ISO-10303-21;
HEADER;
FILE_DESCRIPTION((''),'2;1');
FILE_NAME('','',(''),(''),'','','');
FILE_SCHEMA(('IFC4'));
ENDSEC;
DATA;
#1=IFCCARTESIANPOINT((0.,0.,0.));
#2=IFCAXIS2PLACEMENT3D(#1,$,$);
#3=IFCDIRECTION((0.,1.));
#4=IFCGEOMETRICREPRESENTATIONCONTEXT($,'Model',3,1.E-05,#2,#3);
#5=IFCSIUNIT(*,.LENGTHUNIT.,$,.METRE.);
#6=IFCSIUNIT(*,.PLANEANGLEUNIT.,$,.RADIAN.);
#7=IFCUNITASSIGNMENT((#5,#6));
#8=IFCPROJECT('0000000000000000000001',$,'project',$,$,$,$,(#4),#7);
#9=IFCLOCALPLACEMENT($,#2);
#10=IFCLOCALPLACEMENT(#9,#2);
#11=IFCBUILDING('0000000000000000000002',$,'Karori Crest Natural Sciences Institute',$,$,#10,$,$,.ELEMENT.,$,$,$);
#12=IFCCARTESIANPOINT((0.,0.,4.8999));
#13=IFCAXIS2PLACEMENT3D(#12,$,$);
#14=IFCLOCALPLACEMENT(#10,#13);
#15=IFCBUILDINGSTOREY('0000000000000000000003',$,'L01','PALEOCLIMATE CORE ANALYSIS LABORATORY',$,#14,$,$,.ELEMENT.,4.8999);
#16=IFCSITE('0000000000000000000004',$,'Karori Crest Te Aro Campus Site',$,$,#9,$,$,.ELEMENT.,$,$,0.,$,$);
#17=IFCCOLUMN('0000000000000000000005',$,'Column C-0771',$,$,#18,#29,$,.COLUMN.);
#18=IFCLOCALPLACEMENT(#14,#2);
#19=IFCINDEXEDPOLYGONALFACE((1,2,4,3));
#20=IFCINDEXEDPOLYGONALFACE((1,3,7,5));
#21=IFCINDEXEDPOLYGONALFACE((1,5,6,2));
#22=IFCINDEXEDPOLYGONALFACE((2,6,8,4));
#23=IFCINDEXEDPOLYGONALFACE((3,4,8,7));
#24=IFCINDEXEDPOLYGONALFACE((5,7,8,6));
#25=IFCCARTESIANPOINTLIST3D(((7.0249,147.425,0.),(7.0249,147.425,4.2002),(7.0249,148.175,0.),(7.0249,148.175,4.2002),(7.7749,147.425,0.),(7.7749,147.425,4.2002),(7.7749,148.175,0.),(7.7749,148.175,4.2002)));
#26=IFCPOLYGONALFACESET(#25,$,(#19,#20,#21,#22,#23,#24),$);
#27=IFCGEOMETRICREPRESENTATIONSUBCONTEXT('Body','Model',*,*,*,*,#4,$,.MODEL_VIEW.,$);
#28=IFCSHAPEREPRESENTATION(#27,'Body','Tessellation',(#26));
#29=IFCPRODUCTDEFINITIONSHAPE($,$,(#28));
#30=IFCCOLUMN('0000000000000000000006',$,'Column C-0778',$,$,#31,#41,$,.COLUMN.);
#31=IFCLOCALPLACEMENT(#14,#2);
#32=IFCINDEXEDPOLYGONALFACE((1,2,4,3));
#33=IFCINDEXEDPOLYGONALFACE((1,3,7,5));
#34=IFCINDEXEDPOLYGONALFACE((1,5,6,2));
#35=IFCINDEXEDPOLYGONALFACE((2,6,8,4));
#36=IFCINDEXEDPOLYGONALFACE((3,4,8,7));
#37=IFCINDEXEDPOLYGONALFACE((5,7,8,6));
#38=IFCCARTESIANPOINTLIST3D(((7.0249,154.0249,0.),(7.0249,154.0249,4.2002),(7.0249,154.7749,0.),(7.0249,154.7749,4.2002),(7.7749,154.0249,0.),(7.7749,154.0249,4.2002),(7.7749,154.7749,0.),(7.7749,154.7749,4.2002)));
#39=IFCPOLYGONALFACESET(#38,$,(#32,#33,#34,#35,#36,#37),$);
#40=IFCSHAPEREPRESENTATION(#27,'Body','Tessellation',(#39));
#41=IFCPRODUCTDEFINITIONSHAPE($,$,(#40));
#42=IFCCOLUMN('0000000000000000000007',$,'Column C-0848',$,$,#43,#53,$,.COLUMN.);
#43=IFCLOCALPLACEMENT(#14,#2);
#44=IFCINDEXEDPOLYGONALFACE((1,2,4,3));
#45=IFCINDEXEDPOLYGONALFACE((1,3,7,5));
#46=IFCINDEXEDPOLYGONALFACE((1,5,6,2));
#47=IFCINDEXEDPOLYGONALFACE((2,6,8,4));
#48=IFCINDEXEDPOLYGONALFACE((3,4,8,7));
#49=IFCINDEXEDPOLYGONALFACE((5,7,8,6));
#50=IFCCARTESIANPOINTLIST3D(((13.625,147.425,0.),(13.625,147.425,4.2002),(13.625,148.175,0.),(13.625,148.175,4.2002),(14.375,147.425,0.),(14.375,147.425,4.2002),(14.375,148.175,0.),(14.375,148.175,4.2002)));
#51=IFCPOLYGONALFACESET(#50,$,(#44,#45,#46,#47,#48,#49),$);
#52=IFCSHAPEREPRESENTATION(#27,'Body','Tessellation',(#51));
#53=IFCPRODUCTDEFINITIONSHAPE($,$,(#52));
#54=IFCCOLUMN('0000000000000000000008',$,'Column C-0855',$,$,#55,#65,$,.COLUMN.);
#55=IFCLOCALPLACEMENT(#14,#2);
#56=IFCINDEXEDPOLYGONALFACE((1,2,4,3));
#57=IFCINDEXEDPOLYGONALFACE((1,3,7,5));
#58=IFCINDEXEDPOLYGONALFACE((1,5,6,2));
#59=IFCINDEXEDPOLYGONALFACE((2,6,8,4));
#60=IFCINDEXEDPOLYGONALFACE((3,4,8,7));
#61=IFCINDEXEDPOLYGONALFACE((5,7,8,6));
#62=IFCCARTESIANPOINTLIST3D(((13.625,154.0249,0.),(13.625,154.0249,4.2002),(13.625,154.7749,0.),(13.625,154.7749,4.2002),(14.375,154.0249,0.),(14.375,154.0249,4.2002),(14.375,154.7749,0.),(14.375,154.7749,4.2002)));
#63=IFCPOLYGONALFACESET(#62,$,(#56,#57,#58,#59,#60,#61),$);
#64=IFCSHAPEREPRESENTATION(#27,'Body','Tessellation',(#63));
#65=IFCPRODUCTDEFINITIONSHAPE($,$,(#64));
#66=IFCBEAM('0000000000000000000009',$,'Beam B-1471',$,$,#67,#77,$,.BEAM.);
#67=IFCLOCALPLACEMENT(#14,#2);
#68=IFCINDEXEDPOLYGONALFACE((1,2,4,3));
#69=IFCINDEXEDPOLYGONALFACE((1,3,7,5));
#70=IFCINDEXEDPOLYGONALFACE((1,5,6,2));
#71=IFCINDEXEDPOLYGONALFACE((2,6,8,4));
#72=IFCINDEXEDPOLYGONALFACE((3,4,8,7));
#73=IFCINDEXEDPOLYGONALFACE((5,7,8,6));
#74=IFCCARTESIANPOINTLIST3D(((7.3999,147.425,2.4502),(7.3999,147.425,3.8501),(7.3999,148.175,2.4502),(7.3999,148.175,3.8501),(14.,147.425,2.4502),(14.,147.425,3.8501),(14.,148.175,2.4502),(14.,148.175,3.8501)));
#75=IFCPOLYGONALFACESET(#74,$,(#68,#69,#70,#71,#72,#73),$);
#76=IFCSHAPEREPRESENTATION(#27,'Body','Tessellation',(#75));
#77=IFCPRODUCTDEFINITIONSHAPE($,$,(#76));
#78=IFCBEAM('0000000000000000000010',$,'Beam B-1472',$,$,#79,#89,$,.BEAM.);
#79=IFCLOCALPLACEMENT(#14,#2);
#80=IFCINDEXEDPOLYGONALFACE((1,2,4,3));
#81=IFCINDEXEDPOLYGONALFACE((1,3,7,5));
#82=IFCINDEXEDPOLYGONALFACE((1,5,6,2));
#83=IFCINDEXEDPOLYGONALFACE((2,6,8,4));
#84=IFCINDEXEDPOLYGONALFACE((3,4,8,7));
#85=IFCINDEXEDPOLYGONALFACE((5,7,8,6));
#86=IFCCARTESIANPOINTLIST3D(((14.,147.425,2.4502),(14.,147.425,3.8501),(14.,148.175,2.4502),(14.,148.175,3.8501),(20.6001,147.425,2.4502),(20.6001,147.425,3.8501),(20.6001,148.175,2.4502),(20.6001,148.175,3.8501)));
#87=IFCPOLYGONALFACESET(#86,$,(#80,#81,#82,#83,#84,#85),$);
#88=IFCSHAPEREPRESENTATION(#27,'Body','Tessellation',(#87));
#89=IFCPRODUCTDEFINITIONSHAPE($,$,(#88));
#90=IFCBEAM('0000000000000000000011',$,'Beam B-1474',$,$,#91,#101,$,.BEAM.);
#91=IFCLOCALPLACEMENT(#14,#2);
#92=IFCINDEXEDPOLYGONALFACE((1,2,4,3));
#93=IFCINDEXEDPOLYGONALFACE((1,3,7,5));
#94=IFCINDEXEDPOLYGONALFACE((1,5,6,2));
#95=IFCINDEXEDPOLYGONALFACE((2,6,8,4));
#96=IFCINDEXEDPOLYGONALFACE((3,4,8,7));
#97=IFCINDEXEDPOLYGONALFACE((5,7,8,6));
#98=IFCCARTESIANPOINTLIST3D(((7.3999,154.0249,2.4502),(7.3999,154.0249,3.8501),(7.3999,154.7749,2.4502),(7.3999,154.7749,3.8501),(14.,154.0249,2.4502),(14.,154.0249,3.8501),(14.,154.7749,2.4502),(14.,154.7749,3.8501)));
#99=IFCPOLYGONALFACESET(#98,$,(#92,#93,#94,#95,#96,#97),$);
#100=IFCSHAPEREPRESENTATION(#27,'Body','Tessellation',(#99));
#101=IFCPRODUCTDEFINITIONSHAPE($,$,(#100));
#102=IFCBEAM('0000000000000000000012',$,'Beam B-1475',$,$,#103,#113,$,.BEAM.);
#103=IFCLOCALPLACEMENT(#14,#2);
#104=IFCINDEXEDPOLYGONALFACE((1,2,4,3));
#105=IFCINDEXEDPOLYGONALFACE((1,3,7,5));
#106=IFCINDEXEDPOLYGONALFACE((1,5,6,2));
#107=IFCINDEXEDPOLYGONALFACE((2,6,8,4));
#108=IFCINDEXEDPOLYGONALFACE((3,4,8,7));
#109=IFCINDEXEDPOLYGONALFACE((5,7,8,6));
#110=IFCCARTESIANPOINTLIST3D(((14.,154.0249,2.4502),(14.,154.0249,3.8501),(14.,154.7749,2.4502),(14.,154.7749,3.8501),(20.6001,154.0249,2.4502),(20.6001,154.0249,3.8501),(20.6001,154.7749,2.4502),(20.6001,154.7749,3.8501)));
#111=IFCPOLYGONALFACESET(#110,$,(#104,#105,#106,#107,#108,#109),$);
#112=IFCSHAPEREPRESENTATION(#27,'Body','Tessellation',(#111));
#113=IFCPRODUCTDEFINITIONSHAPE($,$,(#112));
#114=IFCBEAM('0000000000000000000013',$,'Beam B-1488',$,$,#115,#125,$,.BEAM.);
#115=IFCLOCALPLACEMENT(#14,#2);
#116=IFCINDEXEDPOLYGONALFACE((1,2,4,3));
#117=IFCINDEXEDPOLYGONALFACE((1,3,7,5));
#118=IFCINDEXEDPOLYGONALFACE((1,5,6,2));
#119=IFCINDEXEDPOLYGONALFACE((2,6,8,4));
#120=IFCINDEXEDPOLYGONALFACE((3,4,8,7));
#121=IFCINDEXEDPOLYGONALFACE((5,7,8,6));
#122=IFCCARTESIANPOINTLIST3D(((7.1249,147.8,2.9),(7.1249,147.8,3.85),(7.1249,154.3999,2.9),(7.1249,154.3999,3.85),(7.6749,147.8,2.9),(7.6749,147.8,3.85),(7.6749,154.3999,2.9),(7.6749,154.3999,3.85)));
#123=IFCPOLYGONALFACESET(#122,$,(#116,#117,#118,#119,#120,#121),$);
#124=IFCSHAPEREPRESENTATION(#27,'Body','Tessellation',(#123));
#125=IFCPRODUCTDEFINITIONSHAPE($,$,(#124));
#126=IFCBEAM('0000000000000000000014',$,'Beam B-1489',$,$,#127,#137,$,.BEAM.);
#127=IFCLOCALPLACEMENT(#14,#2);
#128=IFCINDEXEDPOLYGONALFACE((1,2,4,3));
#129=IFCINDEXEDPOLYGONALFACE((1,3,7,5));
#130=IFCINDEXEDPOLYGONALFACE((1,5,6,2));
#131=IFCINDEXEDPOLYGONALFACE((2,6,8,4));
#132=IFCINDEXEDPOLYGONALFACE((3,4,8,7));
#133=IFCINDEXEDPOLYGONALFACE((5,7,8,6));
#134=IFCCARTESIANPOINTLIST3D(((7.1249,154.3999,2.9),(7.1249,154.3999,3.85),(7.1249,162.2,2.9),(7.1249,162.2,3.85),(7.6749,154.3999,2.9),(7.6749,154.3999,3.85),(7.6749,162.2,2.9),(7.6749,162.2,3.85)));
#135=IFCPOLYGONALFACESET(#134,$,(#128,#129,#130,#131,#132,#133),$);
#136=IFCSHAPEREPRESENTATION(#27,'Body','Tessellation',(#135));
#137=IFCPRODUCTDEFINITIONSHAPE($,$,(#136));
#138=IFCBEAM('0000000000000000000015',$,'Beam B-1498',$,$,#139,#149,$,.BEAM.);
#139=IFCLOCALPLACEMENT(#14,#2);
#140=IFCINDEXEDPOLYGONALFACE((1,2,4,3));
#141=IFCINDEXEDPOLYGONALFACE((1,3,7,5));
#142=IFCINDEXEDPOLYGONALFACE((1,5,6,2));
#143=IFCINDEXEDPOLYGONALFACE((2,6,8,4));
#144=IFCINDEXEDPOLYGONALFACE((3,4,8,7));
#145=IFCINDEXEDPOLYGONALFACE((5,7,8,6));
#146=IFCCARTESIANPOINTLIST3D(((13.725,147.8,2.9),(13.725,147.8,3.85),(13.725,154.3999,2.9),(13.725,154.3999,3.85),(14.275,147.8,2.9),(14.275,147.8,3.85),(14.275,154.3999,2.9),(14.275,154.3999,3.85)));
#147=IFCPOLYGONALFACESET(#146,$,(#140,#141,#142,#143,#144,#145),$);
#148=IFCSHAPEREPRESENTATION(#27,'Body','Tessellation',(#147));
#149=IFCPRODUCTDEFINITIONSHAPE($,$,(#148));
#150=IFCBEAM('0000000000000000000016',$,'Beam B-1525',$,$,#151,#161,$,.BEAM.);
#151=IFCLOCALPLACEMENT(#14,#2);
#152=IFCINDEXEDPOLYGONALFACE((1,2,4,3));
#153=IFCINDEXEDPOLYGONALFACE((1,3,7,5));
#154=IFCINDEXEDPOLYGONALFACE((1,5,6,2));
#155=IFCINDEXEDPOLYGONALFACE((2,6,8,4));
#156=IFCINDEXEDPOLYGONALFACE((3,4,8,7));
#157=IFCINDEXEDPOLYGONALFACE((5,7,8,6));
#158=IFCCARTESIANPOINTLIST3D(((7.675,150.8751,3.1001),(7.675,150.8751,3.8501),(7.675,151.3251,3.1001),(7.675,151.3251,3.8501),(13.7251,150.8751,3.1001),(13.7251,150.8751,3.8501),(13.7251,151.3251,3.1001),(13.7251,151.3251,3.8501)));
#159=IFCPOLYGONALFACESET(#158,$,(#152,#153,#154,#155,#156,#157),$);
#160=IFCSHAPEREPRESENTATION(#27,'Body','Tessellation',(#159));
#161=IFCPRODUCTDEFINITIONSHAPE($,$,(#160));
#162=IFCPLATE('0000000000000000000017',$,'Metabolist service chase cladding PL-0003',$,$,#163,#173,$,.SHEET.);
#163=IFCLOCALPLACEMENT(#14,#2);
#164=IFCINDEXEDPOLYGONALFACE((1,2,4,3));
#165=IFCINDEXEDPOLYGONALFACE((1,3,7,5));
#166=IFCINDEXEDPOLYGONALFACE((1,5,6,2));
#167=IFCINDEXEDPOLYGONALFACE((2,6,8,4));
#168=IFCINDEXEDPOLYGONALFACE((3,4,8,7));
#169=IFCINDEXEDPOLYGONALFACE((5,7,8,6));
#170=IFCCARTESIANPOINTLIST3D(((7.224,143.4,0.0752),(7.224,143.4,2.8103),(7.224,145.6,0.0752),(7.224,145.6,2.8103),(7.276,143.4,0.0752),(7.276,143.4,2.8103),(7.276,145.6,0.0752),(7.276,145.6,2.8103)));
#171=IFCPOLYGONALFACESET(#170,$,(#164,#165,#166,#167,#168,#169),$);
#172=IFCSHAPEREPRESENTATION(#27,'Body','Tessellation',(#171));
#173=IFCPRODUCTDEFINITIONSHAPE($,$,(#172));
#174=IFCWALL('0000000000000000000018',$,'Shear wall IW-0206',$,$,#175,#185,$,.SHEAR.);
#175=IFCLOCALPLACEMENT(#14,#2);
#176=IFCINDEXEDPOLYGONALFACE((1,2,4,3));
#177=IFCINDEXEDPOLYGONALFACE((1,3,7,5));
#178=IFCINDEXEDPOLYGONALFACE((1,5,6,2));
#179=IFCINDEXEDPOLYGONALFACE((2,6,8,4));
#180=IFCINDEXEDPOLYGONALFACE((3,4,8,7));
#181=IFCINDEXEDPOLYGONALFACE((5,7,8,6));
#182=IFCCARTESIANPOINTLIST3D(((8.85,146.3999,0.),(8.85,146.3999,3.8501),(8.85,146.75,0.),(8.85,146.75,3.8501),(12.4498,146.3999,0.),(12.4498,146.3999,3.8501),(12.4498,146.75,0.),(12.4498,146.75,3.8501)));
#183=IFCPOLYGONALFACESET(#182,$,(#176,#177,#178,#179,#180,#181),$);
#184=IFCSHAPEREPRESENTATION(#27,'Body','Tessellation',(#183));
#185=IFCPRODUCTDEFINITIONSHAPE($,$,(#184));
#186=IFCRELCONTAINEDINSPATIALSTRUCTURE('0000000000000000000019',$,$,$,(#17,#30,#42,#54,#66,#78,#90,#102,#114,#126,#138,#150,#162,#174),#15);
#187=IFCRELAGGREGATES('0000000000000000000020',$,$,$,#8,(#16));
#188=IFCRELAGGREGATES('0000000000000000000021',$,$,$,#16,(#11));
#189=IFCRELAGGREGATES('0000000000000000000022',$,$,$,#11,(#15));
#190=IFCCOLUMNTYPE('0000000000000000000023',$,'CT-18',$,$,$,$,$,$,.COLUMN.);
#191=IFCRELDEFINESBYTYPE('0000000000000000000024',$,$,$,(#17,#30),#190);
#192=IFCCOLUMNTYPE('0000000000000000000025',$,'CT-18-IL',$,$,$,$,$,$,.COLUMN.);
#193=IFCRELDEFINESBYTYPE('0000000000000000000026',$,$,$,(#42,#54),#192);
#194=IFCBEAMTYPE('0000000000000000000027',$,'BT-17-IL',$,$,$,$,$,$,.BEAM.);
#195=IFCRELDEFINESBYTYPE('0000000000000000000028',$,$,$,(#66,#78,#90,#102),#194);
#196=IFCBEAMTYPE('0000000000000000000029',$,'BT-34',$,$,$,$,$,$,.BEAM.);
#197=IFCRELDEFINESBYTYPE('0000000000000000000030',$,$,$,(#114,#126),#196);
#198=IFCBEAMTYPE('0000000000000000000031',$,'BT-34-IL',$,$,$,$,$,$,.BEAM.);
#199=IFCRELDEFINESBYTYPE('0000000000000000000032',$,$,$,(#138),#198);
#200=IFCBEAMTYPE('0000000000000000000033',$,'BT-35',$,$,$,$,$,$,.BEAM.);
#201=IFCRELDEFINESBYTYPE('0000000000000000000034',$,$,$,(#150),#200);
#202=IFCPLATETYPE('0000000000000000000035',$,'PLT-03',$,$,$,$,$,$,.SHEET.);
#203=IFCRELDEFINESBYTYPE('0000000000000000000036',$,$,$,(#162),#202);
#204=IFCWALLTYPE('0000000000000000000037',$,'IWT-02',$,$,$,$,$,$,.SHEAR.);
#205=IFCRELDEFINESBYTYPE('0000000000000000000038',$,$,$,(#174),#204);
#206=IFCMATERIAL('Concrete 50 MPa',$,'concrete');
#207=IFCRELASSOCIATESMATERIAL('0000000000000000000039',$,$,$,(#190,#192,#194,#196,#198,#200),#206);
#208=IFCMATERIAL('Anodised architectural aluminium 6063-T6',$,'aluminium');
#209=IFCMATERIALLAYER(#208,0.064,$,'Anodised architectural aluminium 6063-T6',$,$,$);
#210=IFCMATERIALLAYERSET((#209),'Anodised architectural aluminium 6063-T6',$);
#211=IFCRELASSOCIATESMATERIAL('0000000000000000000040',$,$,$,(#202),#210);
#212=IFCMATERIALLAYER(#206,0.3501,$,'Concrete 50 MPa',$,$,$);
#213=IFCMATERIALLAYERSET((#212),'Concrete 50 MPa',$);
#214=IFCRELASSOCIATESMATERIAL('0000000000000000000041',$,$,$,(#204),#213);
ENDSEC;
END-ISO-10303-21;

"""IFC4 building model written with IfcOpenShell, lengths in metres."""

from ifc_helpers import new_model, si_unit, direction, frame, frame_2d, origin, origin_2d, place, context, subcontext, project, spatial, rectangle, extrude, material, layer, layer_set, material_profile, profile_set, type_object, element, save


model = new_model("IFC4")

# Units and contexts
model_context = context("Model", 3, precision=1e-05, world=origin(), true_north=direction((0.0, 1.0)))
body_context = subcontext(model_context, "Body", "Model", "MODEL_VIEW")
ifc_project = project(units=[si_unit("LENGTHUNIT", "METRE"), si_unit("PLANEANGLEUNIT", "RADIAN")], contexts=[model_context])

# Site, building, storey
site_placement = place(None, origin())
site = spatial("IfcSite", under=ifc_project, at=site_placement, Name="Karori Crest Te Aro Campus Site", CompositionType="ELEMENT", RefElevation=0.0)
building_placement = place(site_placement, origin())
building = spatial("IfcBuilding", under=site, at=building_placement, Name="Karori Crest Natural Sciences Institute", CompositionType="ELEMENT")
storey_placement = place(building_placement, frame((0.0, 0.0, 4.8999)))
storey = spatial("IfcBuildingStorey", under=building, at=storey_placement, Name="L01", Description="PALEOCLIMATE CORE ANALYSIS LABORATORY", CompositionType="ELEMENT", Elevation=4.8999)

# Columns
ifc_material_1 = material(Name="Concrete 50 MPa", Category="concrete")
ifc_material_profile_1 = material_profile(ifc_material_1, rectangle(XDim=0.75, YDim=0.75, at=origin_2d()), Name="RC750x750")
ifc_profile_set_1 = profile_set([ifc_material_profile_1], Name="Concrete 50 MPa")
column_type_1 = type_object("IfcColumnType", Name="CT-18", PredefinedType="COLUMN", material=ifc_profile_set_1)
for number, where, z_axis, x_axis, name in (
    (1, (7.3999, 147.8, 0.0), (0.0, 0.0, 1.0), (1.0, 0.0, 0.0), "Column C-0771"),
    (2, (7.3999, 154.3999, 0.0), (0.0, 0.0, 1.0), (1.0, 0.0, 0.0), "Column C-0778"),
):
    element("IfcColumn", number, at=place(storey_placement, frame(where, z_axis=z_axis, x_axis=x_axis)), inside=storey, type_object=column_type_1, Name=name, PredefinedType="COLUMN", context=body_context, shape_type="SweptSolid", body=[
        extrude(rectangle(XDim=0.75, YDim=0.75, at=origin_2d()), origin(), (0.0, 0.0, 1.0), 4.2002),
    ])
ifc_material_profile_2 = material_profile(ifc_material_1, rectangle(XDim=0.75, YDim=0.75, at=origin_2d()), Name="RC750x750")
ifc_profile_set_2 = profile_set([ifc_material_profile_2], Name="Concrete 50 MPa")
column_type_2 = type_object("IfcColumnType", Name="CT-18-IL", PredefinedType="COLUMN", material=ifc_profile_set_2)
for number, where, z_axis, x_axis, name in (
    (3, (14.0, 147.8, 0.0), (0.0, 0.0, 1.0), (1.0, 0.0, 0.0), "Column C-0848"),
    (4, (14.0, 154.3999, 0.0), (0.0, 0.0, 1.0), (1.0, 0.0, 0.0), "Column C-0855"),
):
    element("IfcColumn", number, at=place(storey_placement, frame(where, z_axis=z_axis, x_axis=x_axis)), inside=storey, type_object=column_type_2, Name=name, PredefinedType="COLUMN", context=body_context, shape_type="SweptSolid", body=[
        extrude(rectangle(XDim=0.75, YDim=0.75, at=origin_2d()), origin(), (0.0, 0.0, 1.0), 4.2002),
    ])

# Beams
ifc_material_profile_3 = material_profile(ifc_material_1, rectangle(XDim=0.75, YDim=1.3999, at=origin_2d()), Name="RCB750x1400")
ifc_profile_set_3 = profile_set([ifc_material_profile_3], Name="Concrete 50 MPa")
beam_type_1 = type_object("IfcBeamType", Name="BT-17-IL", PredefinedType="BEAM", material=ifc_profile_set_3)
for number, where, z_axis, x_axis, name in (
    (5, (7.3999, 147.8, 3.1501), (1.0, 0.0, 0.0), (0.0, 1.0, 0.0), "Beam B-1471"),
    (6, (14.0, 147.8, 3.1501), (1.0, 0.0, 0.0), (0.0, 1.0, 0.0), "Beam B-1472"),
    (7, (7.3999, 154.3999, 3.1501), (1.0, 0.0, 0.0), (0.0, 1.0, 0.0), "Beam B-1474"),
    (8, (14.0, 154.3999, 3.1501), (1.0, 0.0, 0.0), (0.0, 1.0, 0.0), "Beam B-1475"),
):
    element("IfcBeam", number, at=place(storey_placement, frame(where, z_axis=z_axis, x_axis=x_axis)), inside=storey, type_object=beam_type_1, Name=name, PredefinedType="BEAM", context=body_context, shape_type="SweptSolid", body=[
        extrude(rectangle(XDim=0.75, YDim=1.3999, at=origin_2d()), origin(), (0.0, 0.0, 1.0), 6.6001),
    ])
ifc_material_profile_4 = material_profile(ifc_material_1, rectangle(XDim=0.55, YDim=0.95, at=origin_2d()), Name="RCB550x950")
ifc_profile_set_4 = profile_set([ifc_material_profile_4], Name="Concrete 50 MPa")
beam_type_2 = type_object("IfcBeamType", Name="BT-34", PredefinedType="BEAM", material=ifc_profile_set_4)
beam_1_placement = place(storey_placement, frame((7.3999, 147.8, 3.375), z_axis=(0.0, 1.0, 0.0), x_axis=(-1.0, 0.0, 0.0)))
element("IfcBeam", 9, at=beam_1_placement, inside=storey, type_object=beam_type_2, Name="Beam B-1488", PredefinedType="BEAM", context=body_context, shape_type="SweptSolid", body=[
    extrude(rectangle(XDim=0.55, YDim=0.95, at=origin_2d()), origin(), (0.0, 0.0, 1.0), 6.5999),
])
beam_2_placement = place(storey_placement, frame((7.3999, 154.3999, 3.375), z_axis=(0.0, 1.0, 0.0), x_axis=(-1.0, 0.0, 0.0)))
element("IfcBeam", 10, at=beam_2_placement, inside=storey, type_object=beam_type_2, Name="Beam B-1489", PredefinedType="BEAM", context=body_context, shape_type="SweptSolid", body=[
    extrude(rectangle(XDim=0.55, YDim=0.95, at=origin_2d()), origin(), (0.0, 0.0, 1.0), 7.8),
])
ifc_material_profile_5 = material_profile(ifc_material_1, rectangle(XDim=0.55, YDim=0.95, at=origin_2d()), Name="RCB550x950")
ifc_profile_set_5 = profile_set([ifc_material_profile_5], Name="Concrete 50 MPa")
beam_type_3 = type_object("IfcBeamType", Name="BT-34-IL", PredefinedType="BEAM", material=ifc_profile_set_5)
beam_3_placement = place(storey_placement, frame((14.0, 147.8, 3.375), z_axis=(0.0, 1.0, 0.0), x_axis=(-1.0, 0.0, 0.0)))
element("IfcBeam", 11, at=beam_3_placement, inside=storey, type_object=beam_type_3, Name="Beam B-1498", PredefinedType="BEAM", context=body_context, shape_type="SweptSolid", body=[
    extrude(rectangle(XDim=0.55, YDim=0.95, at=origin_2d()), origin(), (0.0, 0.0, 1.0), 6.5999),
])
ifc_material_profile_6 = material_profile(ifc_material_1, rectangle(XDim=0.45, YDim=0.75, at=origin_2d()), Name="RCB450x750")
ifc_profile_set_6 = profile_set([ifc_material_profile_6], Name="Concrete 50 MPa")
beam_type_4 = type_object("IfcBeamType", Name="BT-35", PredefinedType="BEAM", material=ifc_profile_set_6)
beam_4_placement = place(storey_placement, frame((7.675, 151.1001, 3.4751), z_axis=(1.0, 0.0, 0.0), x_axis=(0.0, 1.0, 0.0)))
element("IfcBeam", 12, at=beam_4_placement, inside=storey, type_object=beam_type_4, Name="Beam B-1525", PredefinedType="BEAM", context=body_context, shape_type="SweptSolid", body=[
    extrude(rectangle(XDim=0.45, YDim=0.75, at=origin_2d()), origin(), (0.0, 0.0, 1.0), 6.05),
])

# Plate
ifc_material_2 = material(Name="Anodised architectural aluminium 6063-T6", Category="aluminium")
ifc_layer_1 = layer(ifc_material_2, 0.064, Name="Anodised architectural aluminium 6063-T6")
ifc_layer_set_1 = layer_set([ifc_layer_1], Name="Anodised architectural aluminium 6063-T6")
plate_type = type_object("IfcPlateType", Name="PLT-03", PredefinedType="SHEET", material=ifc_layer_set_1)
plate_placement = place(storey_placement, frame((7.25, 144.5, 0.0752), z_axis=(0.0, 0.0, 1.0), x_axis=(1.0, 0.0, 0.0)))
element("IfcPlate", 13, at=plate_placement, inside=storey, type_object=plate_type, Name="Metabolist service chase cladding PL-0003", PredefinedType="SHEET", context=body_context, shape_type="SweptSolid", body=[
    extrude(rectangle(XDim=0.052, YDim=2.2, at=origin_2d()), origin(), (0.0, 0.0, 1.0), 2.7351),
])

# Wall
ifc_layer_2 = layer(ifc_material_1, 0.3501, Name="Concrete 50 MPa")
ifc_layer_set_2 = layer_set([ifc_layer_2], Name="Concrete 50 MPa")
wall_type_1 = type_object("IfcWallType", Name="IWT-02", PredefinedType="SHEAR", material=ifc_layer_set_2)
wall_1_placement = place(storey_placement, frame((8.8501, 146.575, 0.0), z_axis=(0.0, 0.0, 1.0), x_axis=(1.0, 0.0, 0.0)))
element("IfcWall", 14, at=wall_1_placement, inside=storey, type_object=wall_type_1, Name="Shear wall IW-0206", PredefinedType="SHEAR", context=body_context, shape_type="SweptSolid", body=[
    extrude(rectangle(XDim=3.5999, YDim=0.3501, at=frame_2d((1.7998, 0.0))), origin(), (0.0, 0.0, 1.0), 3.8501),
])

save(model, "model.ifc")
